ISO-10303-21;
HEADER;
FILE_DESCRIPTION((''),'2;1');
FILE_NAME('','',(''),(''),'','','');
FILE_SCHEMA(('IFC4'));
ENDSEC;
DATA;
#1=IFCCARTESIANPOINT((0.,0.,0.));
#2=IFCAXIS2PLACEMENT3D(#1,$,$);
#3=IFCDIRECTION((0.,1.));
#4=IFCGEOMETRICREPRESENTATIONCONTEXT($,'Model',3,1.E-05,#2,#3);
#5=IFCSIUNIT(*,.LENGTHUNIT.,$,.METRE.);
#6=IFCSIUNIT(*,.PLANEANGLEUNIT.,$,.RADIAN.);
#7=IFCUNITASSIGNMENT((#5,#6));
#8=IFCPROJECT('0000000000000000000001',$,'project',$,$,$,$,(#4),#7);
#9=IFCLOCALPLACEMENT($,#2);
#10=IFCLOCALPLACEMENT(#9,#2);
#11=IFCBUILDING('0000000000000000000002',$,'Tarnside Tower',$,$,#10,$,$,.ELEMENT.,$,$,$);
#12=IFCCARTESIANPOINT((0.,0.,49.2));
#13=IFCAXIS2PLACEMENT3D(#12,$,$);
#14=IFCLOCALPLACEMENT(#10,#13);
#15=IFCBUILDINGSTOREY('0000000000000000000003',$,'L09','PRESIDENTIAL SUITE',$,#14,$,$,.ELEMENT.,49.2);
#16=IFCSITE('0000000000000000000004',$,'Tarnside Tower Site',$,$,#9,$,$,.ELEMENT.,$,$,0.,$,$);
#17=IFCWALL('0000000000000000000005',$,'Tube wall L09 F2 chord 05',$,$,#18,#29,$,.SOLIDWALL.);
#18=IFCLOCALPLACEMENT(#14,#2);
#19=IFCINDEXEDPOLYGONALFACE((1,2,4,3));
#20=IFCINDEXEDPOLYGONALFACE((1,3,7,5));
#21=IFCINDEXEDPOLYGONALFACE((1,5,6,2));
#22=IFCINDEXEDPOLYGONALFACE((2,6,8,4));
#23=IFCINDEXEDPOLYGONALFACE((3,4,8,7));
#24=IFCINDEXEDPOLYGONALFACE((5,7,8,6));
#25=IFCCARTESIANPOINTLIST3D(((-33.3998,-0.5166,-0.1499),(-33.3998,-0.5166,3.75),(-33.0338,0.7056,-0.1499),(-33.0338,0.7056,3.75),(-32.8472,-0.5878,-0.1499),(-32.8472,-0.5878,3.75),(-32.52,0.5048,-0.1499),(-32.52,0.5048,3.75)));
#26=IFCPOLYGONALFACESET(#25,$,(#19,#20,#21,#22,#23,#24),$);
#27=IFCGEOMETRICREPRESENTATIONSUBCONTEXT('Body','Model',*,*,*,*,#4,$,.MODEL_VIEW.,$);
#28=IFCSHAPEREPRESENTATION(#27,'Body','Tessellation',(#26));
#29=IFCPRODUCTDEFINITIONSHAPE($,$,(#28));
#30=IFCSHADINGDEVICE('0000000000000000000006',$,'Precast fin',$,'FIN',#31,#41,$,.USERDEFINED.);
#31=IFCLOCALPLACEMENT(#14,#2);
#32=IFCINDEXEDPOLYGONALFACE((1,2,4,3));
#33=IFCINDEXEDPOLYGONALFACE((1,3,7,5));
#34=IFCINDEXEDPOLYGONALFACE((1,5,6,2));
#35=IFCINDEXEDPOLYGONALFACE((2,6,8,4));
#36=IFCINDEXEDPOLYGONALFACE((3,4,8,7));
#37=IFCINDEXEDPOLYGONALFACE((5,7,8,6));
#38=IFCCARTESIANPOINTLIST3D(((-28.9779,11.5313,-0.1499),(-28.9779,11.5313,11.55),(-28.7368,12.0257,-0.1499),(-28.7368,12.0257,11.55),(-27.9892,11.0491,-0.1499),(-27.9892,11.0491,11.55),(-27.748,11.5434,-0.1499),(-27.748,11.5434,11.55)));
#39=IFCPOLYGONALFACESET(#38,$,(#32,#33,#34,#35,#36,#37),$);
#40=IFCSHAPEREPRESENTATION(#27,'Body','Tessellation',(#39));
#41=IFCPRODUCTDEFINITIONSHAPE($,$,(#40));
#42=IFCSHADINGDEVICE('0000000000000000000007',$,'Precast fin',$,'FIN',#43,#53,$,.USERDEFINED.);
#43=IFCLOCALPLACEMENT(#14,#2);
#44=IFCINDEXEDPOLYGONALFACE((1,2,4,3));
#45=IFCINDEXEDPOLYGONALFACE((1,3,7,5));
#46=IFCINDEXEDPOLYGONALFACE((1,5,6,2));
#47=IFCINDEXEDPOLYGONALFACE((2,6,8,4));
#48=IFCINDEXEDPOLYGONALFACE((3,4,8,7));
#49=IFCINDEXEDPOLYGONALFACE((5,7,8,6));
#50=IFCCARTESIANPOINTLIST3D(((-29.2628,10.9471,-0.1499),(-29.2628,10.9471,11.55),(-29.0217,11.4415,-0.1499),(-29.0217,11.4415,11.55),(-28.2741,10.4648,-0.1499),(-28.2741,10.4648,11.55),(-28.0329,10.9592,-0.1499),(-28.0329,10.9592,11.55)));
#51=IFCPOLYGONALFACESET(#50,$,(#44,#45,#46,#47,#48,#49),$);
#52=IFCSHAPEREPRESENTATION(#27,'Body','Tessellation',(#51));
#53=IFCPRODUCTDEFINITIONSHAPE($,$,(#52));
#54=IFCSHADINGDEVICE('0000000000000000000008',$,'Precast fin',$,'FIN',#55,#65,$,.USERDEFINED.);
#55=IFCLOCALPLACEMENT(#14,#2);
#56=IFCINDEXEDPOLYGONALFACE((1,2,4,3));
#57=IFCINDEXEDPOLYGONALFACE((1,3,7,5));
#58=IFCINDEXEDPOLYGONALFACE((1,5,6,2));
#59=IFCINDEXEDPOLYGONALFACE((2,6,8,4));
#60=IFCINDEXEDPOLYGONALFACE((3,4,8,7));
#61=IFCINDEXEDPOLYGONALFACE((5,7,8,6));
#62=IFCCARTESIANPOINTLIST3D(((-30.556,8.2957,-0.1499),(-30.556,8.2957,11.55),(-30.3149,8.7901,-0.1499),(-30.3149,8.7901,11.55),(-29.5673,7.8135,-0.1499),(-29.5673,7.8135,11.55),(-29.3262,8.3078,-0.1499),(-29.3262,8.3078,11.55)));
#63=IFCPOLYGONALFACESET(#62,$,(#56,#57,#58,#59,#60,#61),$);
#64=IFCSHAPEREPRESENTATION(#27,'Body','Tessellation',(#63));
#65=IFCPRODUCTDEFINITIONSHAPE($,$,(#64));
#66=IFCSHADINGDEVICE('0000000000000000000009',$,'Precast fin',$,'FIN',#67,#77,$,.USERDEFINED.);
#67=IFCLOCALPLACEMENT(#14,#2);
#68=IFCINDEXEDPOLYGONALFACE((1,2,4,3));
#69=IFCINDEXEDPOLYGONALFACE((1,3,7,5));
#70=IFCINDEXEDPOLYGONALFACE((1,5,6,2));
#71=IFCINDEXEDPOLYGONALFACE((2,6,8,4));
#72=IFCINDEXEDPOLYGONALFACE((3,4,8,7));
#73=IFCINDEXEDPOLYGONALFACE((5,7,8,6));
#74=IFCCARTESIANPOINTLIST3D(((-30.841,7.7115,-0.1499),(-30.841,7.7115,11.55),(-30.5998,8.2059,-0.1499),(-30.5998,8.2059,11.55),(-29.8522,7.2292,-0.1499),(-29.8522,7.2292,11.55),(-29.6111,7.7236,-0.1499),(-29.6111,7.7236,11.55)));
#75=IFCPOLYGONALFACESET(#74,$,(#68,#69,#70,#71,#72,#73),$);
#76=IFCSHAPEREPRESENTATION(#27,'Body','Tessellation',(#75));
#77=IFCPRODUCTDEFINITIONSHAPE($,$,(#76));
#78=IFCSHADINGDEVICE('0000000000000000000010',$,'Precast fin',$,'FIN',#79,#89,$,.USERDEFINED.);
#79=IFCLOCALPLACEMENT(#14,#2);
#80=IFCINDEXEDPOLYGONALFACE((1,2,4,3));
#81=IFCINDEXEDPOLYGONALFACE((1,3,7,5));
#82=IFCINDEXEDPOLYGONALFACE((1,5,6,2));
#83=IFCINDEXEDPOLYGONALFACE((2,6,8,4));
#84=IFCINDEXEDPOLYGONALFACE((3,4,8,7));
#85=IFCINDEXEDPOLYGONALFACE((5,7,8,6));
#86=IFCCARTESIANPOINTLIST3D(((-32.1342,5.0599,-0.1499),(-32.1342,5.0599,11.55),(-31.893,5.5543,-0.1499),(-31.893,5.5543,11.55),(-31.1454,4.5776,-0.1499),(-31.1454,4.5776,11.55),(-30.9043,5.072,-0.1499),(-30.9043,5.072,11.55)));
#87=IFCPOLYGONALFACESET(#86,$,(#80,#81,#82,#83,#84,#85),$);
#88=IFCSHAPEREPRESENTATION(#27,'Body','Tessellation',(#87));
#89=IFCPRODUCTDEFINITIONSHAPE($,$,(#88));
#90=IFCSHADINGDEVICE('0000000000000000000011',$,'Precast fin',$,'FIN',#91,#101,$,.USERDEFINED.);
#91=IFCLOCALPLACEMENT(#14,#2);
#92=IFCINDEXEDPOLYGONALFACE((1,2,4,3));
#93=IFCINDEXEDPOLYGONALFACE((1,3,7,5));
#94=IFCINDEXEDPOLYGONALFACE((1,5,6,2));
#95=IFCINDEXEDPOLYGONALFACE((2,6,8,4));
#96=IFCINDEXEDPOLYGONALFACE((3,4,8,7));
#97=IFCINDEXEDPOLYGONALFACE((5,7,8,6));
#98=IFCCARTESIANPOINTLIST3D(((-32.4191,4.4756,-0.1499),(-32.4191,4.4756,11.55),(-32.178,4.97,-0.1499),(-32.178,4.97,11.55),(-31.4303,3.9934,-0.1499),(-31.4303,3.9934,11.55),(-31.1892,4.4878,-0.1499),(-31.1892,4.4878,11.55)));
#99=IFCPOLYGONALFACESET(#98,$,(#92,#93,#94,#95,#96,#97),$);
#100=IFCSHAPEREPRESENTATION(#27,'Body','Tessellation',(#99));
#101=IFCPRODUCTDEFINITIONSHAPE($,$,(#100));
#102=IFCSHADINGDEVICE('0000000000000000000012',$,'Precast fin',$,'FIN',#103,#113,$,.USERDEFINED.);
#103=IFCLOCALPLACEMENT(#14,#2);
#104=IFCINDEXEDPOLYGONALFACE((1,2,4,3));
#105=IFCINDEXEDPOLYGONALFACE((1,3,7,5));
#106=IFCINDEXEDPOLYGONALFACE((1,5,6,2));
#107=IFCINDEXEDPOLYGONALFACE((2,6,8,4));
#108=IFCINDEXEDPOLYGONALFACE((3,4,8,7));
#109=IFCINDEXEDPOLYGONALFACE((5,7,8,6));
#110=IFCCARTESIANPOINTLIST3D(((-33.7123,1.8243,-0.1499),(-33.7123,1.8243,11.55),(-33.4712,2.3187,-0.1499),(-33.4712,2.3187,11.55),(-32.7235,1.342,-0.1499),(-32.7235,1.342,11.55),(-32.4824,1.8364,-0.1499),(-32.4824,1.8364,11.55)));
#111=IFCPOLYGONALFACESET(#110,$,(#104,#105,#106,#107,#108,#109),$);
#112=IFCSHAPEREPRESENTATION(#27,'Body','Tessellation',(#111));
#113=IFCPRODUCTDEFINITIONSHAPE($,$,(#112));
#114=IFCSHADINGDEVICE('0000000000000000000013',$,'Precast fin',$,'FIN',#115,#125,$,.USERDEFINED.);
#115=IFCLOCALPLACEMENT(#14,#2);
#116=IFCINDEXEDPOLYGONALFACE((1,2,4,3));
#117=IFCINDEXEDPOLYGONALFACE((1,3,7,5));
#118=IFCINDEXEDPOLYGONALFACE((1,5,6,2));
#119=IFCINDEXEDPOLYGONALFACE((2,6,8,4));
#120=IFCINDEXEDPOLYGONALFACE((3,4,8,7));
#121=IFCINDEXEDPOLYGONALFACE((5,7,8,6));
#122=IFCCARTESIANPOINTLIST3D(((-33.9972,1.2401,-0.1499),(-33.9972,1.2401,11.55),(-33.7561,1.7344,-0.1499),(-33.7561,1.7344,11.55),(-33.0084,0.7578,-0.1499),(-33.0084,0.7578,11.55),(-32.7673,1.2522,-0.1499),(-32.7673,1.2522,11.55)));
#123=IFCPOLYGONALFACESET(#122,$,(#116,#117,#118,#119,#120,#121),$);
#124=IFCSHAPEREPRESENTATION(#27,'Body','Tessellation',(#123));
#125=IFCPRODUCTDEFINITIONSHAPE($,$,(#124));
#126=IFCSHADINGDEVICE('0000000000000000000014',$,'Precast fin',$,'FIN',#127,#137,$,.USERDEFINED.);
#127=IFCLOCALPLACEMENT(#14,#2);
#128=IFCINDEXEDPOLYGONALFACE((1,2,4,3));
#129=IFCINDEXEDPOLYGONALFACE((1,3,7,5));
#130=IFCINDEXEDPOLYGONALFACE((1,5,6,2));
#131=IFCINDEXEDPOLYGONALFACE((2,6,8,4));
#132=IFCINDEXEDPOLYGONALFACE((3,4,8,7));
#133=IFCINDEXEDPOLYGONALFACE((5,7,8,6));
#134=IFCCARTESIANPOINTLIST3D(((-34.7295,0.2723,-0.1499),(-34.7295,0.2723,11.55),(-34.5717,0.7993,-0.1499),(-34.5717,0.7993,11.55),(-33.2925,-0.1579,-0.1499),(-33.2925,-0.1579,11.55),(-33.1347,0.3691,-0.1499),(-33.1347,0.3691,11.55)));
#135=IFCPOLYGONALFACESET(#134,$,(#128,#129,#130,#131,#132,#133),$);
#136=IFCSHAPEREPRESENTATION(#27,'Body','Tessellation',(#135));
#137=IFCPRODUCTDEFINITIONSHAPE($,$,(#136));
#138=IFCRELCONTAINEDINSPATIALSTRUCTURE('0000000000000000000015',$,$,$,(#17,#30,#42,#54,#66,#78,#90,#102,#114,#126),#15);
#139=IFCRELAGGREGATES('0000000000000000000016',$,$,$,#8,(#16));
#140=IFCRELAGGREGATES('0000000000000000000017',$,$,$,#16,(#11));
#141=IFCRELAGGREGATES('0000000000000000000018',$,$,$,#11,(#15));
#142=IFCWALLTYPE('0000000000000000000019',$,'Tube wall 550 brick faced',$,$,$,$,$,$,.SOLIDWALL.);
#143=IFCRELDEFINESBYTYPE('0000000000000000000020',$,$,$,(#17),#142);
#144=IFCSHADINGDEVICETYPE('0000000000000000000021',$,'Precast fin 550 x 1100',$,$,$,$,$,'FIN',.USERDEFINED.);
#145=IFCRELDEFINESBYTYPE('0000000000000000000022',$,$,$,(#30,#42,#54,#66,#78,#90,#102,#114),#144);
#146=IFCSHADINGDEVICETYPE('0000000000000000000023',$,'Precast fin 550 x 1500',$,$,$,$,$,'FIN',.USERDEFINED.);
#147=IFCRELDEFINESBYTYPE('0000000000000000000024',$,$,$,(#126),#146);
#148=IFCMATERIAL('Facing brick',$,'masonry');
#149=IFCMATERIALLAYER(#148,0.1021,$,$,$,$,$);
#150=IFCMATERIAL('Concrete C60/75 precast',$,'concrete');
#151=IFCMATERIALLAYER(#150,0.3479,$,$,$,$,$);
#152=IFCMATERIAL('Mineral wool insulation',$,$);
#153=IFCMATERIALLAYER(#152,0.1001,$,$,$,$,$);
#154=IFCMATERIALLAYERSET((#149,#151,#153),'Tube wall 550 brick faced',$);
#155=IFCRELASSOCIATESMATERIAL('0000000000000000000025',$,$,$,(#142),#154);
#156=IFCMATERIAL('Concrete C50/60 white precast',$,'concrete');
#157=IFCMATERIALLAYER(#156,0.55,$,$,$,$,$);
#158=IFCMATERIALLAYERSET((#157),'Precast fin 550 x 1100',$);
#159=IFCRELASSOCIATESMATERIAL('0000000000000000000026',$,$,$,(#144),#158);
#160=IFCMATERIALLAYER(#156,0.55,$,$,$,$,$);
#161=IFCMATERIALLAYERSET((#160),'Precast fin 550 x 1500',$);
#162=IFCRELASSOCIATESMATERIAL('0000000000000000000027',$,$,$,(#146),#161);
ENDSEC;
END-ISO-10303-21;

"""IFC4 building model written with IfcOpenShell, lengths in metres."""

from ifc_helpers import new_model, si_unit, direction, frame, origin, place, context, subcontext, project, spatial, polyline, outline, extrude, material, layer, layer_set, type_object, element, save


model = new_model("IFC4")

# Units and contexts
model_context = context("Model", 3, precision=1e-05, world=origin(), true_north=direction((0.0, 1.0)))
body_context = subcontext(model_context, "Body", "Model", "MODEL_VIEW")
ifc_project = project(units=[si_unit("LENGTHUNIT", "METRE"), si_unit("PLANEANGLEUNIT", "RADIAN")], contexts=[model_context])

# Site, building, storey
site_placement = place(None, origin())
site = spatial("IfcSite", under=ifc_project, at=site_placement, Name="Tarnside Tower Site", CompositionType="ELEMENT", RefElevation=0.0)
building_placement = place(site_placement, origin())
building = spatial("IfcBuilding", under=site, at=building_placement, Name="Tarnside Tower", CompositionType="ELEMENT")
storey_placement = place(building_placement, frame((0.0, 0.0, 49.2)))
storey = spatial("IfcBuildingStorey", under=building, at=storey_placement, Name="L09", Description="PRESIDENTIAL SUITE", CompositionType="ELEMENT", Elevation=49.2)

# Wall
ifc_material_1 = material(Name="Facing brick", Category="masonry")
ifc_layer_1 = layer(ifc_material_1, 0.1021)
ifc_material_2 = material(Name="Concrete C60/75 precast", Category="concrete")
ifc_layer_2 = layer(ifc_material_2, 0.3479)
ifc_material_3 = material(Name="Mineral wool insulation")
ifc_layer_3 = layer(ifc_material_3, 0.1001)
ifc_layer_set_1 = layer_set([ifc_layer_1, ifc_layer_2, ifc_layer_3], Name="Tube wall 550 brick faced")
wall_type_1 = type_object("IfcWallType", Name="Tube wall 550 brick faced", PredefinedType="SOLIDWALL", material=ifc_layer_set_1)
wall_1_placement = place(storey_placement, frame((-32.7769, 0.6052, -0.1499), z_axis=(0.0, 0.0, 1.0), x_axis=(-0.286921, -0.957954, 0.0)))
element("IfcWall", 1, at=wall_1_placement, inside=storey, type_object=wall_type_1, Name="Tube wall L09 F2 chord 05", PredefinedType="SOLIDWALL", context=body_context, shape_type="SweptSolid", body=[
    extrude(outline(polyline([(-0.0225, -0.2749), (1.2534, -0.2749), (1.1631, 0.2749), (0.0225, 0.2749), (-0.0225, -0.2749)])), origin(), (0.0, 0.0, 1.0), 3.8999),
])

# Shading devices
ifc_material_4 = material(Name="Concrete C50/60 white precast", Category="concrete")
ifc_layer_4 = layer(ifc_material_4, 0.55)
ifc_layer_set_2 = layer_set([ifc_layer_4], Name="Precast fin 550 x 1100")
shading_device_type_1 = type_object("IfcShadingDeviceType", Name="Precast fin 550 x 1100", ElementType="FIN", PredefinedType="USERDEFINED", material=ifc_layer_set_2)
for number, where, z_axis, x_axis, name in (
    (2, (-27.8687, 11.2961, -0.1499), (0.438371, 0.898794, 0.0), (-0.898794, 0.438371, 0.0), "Precast fin"),
    (3, (-28.1536, 10.7119, -0.1499), (0.438371, 0.898794, 0.0), (-0.898794, 0.438371, 0.0), "Precast fin"),
    (4, (-29.4468, 8.0605, -0.1499), (0.438371, 0.898794, 0.0), (-0.898794, 0.438371, 0.0), "Precast fin"),
    (5, (-29.7317, 7.4763, -0.1499), (0.438371, 0.898794, 0.0), (-0.898794, 0.438371, 0.0), "Precast fin"),
    (6, (-31.0249, 4.8247, -0.1499), (0.438371, 0.898794, 0.0), (-0.898794, 0.438371, 0.0), "Precast fin"),
    (7, (-31.3098, 4.2405, -0.1499), (0.438371, 0.898794, 0.0), (-0.898794, 0.438371, 0.0), "Precast fin"),
    (8, (-32.603, 1.5891, -0.1499), (0.438371, 0.898794, 0.0), (-0.898794, 0.438371, 0.0), "Precast fin"),
    (9, (-32.8879, 1.0049, -0.1499), (0.438371, 0.898794, 0.0), (-0.898794, 0.438371, 0.0), "Precast fin"),
):
    element("IfcShadingDevice", number, at=place(storey_placement, frame(where, z_axis=z_axis, x_axis=x_axis)), inside=storey, type_object=shading_device_type_1, Name=name, ObjectType="FIN", PredefinedType="USERDEFINED", context=body_context, shape_type="SweptSolid", body=[
        extrude(outline(polyline([(0.0, 0.0), (1.1001, 0.0), (1.1001, 11.7), (0.0, 11.7), (0.0, 0.0)])), frame((0.0, 0.0, -0.2749)), (0.0, 0.0, 1.0), 0.55),
    ])
ifc_layer_5 = layer(ifc_material_4, 0.55)
ifc_layer_set_3 = layer_set([ifc_layer_5], Name="Precast fin 550 x 1500")
shading_device_type_2 = type_object("IfcShadingDeviceType", Name="Precast fin 550 x 1500", ElementType="FIN", PredefinedType="USERDEFINED", material=ifc_layer_set_3)
shading_device_placement = place(storey_placement, frame((-33.2136, 0.1055, -0.1499), z_axis=(0.286803, 0.95799, 0.0), x_axis=(-0.95799, 0.286803, 0.0)))
element("IfcShadingDevice", 10, at=shading_device_placement, inside=storey, type_object=shading_device_type_2, Name="Precast fin", ObjectType="FIN", PredefinedType="USERDEFINED", context=body_context, shape_type="SweptSolid", body=[
    extrude(outline(polyline([(0.0, 0.0), (1.5, 0.0), (1.5, 11.7), (0.0, 11.7), (0.0, 0.0)])), frame((0.0, 0.0, -0.2749)), (0.0, 0.0, 1.0), 0.55),
])

save(model, "model.ifc")
